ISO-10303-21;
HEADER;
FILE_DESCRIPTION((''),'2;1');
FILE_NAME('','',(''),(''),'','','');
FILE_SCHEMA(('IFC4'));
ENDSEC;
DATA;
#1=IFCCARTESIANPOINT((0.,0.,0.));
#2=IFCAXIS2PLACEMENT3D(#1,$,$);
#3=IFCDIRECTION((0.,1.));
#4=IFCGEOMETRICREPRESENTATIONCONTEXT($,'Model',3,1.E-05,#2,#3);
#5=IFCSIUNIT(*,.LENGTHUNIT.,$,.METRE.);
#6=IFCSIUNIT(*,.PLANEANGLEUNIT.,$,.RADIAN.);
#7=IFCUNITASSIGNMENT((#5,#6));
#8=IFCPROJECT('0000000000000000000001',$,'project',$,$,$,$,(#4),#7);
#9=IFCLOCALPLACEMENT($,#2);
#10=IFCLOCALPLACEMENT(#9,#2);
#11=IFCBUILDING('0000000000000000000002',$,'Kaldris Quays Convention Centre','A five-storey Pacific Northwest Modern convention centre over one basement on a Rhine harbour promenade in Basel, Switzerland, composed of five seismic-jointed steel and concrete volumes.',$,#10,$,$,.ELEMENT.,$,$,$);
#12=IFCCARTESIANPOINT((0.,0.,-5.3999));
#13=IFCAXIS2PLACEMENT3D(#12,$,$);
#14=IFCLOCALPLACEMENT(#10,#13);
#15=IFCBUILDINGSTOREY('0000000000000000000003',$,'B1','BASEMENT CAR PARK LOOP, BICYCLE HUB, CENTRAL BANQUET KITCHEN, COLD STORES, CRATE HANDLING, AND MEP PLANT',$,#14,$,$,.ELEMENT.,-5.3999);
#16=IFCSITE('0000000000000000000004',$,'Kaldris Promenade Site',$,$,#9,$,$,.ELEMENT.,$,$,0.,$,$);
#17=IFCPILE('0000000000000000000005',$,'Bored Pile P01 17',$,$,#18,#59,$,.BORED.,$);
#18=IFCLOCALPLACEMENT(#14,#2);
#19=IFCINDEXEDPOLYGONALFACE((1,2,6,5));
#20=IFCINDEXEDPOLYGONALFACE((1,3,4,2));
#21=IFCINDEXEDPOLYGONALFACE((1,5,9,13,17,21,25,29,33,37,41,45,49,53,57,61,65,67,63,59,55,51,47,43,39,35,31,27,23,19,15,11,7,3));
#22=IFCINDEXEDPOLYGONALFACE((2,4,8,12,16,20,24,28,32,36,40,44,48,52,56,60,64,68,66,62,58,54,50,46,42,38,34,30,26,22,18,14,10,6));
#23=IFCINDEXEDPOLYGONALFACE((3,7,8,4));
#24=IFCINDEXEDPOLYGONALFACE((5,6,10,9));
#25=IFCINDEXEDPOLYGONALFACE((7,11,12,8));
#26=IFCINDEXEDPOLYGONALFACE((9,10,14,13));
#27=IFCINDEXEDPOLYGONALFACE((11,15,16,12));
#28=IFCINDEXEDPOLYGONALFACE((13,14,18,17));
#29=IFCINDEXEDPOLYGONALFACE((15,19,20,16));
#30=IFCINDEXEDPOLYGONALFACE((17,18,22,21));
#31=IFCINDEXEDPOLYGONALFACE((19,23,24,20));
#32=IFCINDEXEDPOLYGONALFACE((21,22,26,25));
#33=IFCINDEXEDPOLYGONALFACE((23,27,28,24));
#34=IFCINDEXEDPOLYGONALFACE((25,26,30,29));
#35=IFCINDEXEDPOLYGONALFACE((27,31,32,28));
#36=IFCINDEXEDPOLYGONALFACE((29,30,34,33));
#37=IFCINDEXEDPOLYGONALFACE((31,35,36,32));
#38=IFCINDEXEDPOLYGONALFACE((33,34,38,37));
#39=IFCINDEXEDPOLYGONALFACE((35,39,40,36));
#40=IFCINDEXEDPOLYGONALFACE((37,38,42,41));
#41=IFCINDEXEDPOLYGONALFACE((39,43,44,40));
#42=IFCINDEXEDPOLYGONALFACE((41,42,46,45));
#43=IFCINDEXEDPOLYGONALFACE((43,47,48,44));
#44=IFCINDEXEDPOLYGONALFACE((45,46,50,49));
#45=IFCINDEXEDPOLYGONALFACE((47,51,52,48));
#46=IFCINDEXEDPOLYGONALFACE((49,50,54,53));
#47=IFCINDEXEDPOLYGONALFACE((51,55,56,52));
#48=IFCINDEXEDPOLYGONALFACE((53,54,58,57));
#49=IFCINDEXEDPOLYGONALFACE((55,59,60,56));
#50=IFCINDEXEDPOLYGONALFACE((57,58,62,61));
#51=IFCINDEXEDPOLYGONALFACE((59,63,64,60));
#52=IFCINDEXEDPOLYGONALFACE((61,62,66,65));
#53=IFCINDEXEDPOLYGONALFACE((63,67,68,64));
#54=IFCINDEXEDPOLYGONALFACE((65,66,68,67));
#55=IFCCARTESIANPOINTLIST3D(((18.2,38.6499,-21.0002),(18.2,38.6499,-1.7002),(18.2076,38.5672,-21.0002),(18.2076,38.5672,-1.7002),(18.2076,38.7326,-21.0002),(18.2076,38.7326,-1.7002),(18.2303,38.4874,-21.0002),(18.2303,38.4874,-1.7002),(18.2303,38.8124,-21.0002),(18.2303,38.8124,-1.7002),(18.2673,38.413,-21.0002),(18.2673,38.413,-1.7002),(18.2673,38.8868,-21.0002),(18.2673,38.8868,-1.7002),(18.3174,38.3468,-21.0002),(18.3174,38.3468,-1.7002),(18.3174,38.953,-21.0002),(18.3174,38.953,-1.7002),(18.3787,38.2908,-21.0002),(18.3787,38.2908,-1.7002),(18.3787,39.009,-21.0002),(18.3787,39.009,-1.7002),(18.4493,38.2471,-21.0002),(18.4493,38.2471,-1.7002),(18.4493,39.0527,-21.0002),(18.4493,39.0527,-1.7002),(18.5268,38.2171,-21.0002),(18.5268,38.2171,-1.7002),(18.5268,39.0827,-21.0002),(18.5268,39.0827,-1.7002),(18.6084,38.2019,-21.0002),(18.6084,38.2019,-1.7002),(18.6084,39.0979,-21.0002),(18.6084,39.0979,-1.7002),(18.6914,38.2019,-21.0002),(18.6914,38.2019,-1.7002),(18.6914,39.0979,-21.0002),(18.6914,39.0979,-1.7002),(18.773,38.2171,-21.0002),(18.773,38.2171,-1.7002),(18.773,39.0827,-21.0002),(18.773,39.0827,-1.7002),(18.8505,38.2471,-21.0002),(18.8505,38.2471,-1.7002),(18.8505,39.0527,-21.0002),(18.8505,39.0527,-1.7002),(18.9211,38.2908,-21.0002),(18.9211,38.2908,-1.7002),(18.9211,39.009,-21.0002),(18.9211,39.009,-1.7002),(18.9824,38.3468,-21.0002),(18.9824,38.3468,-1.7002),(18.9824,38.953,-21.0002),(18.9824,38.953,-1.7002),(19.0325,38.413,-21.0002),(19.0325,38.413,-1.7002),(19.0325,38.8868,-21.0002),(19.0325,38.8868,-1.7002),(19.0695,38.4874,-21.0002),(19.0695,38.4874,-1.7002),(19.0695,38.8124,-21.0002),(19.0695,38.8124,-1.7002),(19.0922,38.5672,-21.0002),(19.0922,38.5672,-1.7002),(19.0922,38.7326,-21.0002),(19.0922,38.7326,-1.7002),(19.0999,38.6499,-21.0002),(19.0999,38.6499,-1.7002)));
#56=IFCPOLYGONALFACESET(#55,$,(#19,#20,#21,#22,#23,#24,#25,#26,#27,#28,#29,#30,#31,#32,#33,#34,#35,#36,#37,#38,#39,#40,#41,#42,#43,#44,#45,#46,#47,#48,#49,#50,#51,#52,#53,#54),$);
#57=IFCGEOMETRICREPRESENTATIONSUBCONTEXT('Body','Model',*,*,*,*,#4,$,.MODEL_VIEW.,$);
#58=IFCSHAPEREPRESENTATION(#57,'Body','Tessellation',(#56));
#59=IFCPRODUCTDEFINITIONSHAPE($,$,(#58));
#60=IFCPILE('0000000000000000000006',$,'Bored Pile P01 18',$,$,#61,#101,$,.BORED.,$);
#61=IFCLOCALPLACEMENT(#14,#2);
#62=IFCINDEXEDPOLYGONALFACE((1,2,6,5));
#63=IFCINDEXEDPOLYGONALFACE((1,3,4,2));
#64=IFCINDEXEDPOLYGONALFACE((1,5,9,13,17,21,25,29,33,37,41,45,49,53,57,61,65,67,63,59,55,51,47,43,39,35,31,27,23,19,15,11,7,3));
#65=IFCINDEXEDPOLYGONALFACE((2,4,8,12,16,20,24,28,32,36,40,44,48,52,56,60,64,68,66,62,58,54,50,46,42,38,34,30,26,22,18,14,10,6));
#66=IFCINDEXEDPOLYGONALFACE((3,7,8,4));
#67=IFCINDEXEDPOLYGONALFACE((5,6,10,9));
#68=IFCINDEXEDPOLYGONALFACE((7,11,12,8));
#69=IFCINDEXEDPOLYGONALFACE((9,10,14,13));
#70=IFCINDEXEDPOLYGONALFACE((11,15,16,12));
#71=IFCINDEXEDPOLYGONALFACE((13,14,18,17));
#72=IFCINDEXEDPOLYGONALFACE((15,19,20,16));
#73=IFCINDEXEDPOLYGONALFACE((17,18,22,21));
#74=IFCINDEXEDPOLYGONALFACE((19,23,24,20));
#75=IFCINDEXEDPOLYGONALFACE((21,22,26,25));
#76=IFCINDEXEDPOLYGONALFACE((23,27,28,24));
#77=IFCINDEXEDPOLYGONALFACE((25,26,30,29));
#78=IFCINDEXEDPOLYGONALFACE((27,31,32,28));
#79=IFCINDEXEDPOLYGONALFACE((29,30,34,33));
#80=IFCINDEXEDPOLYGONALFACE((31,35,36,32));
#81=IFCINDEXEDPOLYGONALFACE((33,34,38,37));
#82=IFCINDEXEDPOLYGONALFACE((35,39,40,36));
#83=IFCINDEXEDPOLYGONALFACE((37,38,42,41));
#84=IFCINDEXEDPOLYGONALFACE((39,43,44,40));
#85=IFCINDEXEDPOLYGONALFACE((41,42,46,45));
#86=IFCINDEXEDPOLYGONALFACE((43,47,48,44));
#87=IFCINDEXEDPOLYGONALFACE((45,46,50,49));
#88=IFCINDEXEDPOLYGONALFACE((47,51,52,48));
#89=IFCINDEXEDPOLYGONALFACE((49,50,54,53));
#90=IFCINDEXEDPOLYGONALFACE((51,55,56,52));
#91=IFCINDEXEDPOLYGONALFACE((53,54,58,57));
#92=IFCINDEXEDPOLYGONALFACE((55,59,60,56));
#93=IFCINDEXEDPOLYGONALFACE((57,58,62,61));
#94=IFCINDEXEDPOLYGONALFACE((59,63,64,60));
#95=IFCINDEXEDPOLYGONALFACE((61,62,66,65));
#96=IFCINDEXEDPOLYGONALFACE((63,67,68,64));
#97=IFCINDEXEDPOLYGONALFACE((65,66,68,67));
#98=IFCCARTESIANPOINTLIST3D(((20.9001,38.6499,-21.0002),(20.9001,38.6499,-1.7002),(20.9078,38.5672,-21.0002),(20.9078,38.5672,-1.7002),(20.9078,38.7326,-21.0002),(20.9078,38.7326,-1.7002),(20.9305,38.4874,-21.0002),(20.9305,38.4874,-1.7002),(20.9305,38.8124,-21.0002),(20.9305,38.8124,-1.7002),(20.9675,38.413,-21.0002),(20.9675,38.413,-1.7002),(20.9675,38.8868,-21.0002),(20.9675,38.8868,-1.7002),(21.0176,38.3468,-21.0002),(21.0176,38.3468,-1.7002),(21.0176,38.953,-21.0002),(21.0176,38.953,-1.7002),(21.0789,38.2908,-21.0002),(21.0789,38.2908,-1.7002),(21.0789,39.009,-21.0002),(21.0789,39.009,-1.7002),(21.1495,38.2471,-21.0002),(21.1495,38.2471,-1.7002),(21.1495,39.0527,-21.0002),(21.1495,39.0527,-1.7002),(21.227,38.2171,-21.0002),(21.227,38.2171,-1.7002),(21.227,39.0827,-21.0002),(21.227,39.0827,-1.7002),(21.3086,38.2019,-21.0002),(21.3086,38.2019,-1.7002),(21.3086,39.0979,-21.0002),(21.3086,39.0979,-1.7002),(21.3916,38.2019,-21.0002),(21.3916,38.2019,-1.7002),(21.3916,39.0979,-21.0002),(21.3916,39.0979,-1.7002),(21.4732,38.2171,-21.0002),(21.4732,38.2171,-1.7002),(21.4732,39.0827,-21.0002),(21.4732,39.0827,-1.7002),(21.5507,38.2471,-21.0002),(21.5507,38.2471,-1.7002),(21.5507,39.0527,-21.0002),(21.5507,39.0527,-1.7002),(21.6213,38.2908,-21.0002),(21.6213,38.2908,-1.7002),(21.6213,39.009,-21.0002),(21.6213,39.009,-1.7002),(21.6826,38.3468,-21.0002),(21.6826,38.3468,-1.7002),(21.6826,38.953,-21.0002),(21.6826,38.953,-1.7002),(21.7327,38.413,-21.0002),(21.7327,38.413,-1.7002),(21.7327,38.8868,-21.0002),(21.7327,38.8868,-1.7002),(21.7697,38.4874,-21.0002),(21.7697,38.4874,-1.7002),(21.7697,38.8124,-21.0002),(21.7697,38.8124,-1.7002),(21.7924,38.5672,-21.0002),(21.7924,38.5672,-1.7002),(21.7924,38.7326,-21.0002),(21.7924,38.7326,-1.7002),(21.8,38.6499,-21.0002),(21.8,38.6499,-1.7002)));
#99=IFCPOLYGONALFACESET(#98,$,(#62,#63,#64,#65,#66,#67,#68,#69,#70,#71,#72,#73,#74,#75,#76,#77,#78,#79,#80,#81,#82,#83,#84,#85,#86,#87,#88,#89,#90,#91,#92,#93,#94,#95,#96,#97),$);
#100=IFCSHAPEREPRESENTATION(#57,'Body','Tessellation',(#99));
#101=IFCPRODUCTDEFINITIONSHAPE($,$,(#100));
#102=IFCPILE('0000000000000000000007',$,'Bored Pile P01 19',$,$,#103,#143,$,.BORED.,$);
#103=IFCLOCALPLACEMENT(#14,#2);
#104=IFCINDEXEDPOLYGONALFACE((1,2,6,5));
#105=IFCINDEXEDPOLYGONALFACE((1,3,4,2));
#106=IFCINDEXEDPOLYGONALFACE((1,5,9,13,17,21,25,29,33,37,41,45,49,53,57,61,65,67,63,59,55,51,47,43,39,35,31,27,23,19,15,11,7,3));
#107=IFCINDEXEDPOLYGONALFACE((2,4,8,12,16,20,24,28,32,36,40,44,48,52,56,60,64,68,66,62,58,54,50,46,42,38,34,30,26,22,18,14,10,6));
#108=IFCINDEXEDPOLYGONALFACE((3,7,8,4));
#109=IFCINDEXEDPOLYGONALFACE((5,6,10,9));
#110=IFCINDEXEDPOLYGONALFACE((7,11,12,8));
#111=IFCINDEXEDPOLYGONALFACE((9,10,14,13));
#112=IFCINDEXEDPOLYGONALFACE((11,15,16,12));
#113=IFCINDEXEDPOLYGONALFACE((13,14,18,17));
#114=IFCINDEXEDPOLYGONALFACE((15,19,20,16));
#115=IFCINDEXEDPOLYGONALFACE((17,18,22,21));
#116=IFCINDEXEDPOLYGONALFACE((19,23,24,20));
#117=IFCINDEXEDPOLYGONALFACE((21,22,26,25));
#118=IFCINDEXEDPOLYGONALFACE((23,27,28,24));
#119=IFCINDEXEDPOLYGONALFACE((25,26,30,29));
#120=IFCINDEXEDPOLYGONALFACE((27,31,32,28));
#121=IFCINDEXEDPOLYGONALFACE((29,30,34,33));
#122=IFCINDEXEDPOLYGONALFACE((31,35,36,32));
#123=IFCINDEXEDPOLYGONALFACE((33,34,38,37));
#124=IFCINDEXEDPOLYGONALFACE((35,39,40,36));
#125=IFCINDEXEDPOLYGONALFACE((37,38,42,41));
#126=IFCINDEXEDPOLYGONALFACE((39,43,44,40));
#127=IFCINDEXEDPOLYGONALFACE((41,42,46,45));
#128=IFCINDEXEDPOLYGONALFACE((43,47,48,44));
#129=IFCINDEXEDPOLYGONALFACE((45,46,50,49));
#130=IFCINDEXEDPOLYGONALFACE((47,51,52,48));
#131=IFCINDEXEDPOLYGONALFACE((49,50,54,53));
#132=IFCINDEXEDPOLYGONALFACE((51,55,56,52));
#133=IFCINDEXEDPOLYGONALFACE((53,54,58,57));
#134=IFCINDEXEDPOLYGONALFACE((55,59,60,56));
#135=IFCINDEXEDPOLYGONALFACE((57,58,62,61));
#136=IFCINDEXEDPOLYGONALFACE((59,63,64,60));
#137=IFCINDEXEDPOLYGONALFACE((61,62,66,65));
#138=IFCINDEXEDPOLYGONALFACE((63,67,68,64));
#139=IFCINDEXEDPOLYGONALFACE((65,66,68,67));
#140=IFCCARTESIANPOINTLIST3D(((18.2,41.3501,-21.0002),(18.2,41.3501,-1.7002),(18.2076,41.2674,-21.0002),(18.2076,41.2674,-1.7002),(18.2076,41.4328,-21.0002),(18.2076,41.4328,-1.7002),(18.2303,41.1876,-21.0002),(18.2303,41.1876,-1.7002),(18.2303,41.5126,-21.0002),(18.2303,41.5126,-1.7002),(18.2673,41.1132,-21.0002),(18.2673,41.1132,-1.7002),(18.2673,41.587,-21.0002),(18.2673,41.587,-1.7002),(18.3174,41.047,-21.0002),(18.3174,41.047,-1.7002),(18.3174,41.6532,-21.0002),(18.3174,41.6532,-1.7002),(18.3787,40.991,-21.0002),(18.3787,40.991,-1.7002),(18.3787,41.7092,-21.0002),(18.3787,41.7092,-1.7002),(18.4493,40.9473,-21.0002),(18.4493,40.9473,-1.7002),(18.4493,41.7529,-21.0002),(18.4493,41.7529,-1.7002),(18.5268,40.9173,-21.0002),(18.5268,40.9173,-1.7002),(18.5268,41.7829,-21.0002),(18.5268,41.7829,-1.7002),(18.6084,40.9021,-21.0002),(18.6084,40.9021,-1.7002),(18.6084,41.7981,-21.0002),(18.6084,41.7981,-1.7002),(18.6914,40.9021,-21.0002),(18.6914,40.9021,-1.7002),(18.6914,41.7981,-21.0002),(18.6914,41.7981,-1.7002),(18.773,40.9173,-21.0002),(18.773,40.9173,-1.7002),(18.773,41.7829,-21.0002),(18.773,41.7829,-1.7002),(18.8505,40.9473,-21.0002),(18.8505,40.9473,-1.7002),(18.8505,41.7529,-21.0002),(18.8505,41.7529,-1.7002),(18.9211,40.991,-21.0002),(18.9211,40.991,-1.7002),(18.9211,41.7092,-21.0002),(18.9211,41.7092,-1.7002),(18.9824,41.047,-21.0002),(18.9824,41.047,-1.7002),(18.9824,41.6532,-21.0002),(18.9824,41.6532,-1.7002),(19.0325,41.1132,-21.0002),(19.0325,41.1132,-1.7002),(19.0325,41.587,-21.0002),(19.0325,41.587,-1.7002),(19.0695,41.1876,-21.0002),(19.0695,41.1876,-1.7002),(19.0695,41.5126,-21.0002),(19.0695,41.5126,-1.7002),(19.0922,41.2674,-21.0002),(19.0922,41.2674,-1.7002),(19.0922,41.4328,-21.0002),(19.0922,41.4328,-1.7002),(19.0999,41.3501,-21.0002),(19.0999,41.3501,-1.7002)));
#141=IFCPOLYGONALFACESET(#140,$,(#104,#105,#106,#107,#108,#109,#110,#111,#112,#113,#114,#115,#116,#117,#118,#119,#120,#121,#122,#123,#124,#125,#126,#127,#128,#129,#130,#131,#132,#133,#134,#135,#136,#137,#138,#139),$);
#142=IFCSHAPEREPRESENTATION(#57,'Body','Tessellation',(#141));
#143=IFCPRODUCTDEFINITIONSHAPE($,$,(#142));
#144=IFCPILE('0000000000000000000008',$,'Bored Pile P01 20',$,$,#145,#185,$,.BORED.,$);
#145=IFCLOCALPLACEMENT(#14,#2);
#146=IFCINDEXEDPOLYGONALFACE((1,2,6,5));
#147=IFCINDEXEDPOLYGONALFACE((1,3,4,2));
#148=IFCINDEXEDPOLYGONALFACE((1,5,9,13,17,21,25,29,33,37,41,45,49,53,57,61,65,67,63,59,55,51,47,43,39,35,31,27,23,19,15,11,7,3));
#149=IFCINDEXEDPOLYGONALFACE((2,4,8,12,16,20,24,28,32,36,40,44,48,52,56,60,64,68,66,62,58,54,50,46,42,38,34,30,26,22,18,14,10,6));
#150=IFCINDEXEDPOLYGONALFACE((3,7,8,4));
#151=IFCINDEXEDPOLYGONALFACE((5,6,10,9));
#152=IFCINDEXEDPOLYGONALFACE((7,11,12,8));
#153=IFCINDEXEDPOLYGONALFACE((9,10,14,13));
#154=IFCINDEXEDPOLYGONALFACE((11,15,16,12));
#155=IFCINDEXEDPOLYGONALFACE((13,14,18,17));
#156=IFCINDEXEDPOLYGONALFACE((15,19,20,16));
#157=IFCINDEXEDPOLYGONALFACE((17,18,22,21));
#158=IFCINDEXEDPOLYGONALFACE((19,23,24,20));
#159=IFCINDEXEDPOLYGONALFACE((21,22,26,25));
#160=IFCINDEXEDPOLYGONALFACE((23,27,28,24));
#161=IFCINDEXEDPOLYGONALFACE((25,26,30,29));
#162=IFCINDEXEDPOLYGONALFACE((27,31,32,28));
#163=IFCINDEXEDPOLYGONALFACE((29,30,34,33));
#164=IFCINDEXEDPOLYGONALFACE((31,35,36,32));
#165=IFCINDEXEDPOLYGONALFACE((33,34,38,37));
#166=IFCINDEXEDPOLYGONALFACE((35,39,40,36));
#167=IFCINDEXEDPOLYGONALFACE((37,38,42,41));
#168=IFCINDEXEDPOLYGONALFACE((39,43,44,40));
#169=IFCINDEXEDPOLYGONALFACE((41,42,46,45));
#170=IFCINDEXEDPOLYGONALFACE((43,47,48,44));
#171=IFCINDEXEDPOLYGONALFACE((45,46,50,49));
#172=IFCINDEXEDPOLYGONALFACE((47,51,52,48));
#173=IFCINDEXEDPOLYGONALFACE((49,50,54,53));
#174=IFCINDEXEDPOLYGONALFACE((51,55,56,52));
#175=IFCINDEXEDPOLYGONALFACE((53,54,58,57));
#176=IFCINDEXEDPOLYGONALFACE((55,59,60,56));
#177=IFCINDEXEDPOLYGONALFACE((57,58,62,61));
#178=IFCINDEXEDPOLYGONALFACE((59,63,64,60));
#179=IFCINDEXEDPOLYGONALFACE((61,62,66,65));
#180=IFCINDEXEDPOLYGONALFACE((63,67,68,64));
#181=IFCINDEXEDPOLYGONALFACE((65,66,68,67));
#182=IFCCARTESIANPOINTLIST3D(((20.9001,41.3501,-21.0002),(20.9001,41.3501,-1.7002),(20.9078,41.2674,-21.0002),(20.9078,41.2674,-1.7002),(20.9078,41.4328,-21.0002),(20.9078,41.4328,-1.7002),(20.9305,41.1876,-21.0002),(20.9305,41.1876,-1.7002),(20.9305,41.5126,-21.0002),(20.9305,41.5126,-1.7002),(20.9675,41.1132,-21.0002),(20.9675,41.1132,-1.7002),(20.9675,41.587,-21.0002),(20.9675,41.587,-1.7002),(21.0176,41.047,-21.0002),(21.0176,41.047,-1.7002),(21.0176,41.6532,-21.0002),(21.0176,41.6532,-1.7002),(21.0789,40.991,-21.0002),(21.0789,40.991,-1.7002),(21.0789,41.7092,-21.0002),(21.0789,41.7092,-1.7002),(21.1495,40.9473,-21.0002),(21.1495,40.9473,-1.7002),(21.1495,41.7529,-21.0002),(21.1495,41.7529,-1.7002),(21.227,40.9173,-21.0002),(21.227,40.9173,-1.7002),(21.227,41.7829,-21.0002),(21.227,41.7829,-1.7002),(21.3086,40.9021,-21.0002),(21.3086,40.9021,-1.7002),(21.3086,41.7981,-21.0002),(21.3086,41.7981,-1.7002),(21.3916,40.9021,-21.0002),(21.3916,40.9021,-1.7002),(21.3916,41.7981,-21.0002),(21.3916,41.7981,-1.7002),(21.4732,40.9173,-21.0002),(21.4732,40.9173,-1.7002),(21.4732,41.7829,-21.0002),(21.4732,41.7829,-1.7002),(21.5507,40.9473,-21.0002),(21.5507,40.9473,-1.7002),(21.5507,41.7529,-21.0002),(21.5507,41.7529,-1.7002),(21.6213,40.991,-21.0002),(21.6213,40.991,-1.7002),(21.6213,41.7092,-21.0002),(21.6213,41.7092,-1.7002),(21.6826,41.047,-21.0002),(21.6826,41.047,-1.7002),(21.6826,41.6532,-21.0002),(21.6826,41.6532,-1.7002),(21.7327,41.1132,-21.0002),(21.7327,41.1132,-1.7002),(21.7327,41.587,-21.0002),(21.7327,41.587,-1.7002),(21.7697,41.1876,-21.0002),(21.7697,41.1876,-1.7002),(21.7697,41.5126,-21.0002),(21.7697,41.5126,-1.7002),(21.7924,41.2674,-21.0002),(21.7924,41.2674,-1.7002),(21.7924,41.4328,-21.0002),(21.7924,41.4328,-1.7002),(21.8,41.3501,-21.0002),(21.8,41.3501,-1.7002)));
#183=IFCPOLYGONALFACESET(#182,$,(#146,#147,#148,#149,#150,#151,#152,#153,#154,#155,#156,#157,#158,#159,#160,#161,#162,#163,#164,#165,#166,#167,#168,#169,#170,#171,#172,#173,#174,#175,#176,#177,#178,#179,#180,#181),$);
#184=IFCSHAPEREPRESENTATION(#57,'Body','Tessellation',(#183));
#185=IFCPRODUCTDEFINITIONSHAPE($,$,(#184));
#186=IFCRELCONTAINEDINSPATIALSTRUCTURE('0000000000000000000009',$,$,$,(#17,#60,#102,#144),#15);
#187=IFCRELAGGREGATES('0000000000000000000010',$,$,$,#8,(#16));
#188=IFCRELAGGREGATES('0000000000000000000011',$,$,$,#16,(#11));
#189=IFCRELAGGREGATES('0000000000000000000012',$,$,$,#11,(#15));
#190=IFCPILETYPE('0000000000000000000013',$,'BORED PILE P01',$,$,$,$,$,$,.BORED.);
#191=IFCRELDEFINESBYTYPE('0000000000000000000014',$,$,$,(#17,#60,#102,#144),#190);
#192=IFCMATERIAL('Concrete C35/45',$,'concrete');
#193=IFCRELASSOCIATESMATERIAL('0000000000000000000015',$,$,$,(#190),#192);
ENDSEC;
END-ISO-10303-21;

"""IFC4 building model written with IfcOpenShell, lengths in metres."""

from ifc_helpers import new_model, si_unit, direction, frame, origin, origin_2d, place, context, subcontext, project, spatial, circle, extrude, material, material_profile, profile_set, type_object, element, save


model = new_model("IFC4")

# Units and contexts
model_context = context("Model", 3, precision=1e-05, world=origin(), true_north=direction((0.0, 1.0)))
body_context = subcontext(model_context, "Body", "Model", "MODEL_VIEW")
ifc_project = project(units=[si_unit("LENGTHUNIT", "METRE"), si_unit("PLANEANGLEUNIT", "RADIAN")], contexts=[model_context])

# Site, building, storey
site_placement = place(None, origin())
site = spatial("IfcSite", under=ifc_project, at=site_placement, Name="Kaldris Promenade Site", CompositionType="ELEMENT", RefElevation=0.0)
building_placement = place(site_placement, origin())
building = spatial("IfcBuilding", under=site, at=building_placement, Name="Kaldris Quays Convention Centre", Description="A five-storey Pacific Northwest Modern convention centre over one basement on a Rhine harbour promenade in Basel, Switzerland, composed of five seismic-jointed steel and concrete volumes.", CompositionType="ELEMENT")
storey_placement = place(building_placement, frame((0.0, 0.0, -5.3999)))
storey = spatial("IfcBuildingStorey", under=building, at=storey_placement, Name="B1", Description="BASEMENT CAR PARK LOOP, BICYCLE HUB, CENTRAL BANQUET KITCHEN, COLD STORES, CRATE HANDLING, AND MEP PLANT", CompositionType="ELEMENT", Elevation=-5.3999)

# Piles
ifc_material_1 = material(Name="Concrete C35/45", Category="concrete")
ifc_material_profile_1 = material_profile(ifc_material_1, circle(Radius=0.45, at=origin_2d()), Name="BORED PILE D900")
ifc_profile_set_1 = profile_set([ifc_material_profile_1], Name="Concrete C35/45")
pile_type_1 = type_object("IfcPileType", Name="BORED PILE P01", PredefinedType="BORED", material=ifc_profile_set_1)
for number, where, z_axis, x_axis, name in (
    (1, (18.6499, 38.6499, -1.7002), (0.0, 0.0, -1.0), (1.0, 0.0, 0.0), "Bored Pile P01 17"),
    (2, (21.3501, 38.6499, -1.7002), (0.0, 0.0, -1.0), (1.0, 0.0, 0.0), "Bored Pile P01 18"),
    (3, (18.6499, 41.3501, -1.7002), (0.0, 0.0, -1.0), (1.0, 0.0, 0.0), "Bored Pile P01 19"),
    (4, (21.3501, 41.3501, -1.7002), (0.0, 0.0, -1.0), (1.0, 0.0, 0.0), "Bored Pile P01 20"),
):
    element("IfcPile", number, at=place(storey_placement, frame(where, z_axis=z_axis, x_axis=x_axis)), inside=storey, type_object=pile_type_1, Name=name, PredefinedType="BORED", context=body_context, shape_type="SweptSolid", body=[
        extrude(circle(Radius=0.45, at=origin_2d()), origin(), (0.0, 0.0, 1.0), 19.3),
    ])

save(model, "model.ifc")
